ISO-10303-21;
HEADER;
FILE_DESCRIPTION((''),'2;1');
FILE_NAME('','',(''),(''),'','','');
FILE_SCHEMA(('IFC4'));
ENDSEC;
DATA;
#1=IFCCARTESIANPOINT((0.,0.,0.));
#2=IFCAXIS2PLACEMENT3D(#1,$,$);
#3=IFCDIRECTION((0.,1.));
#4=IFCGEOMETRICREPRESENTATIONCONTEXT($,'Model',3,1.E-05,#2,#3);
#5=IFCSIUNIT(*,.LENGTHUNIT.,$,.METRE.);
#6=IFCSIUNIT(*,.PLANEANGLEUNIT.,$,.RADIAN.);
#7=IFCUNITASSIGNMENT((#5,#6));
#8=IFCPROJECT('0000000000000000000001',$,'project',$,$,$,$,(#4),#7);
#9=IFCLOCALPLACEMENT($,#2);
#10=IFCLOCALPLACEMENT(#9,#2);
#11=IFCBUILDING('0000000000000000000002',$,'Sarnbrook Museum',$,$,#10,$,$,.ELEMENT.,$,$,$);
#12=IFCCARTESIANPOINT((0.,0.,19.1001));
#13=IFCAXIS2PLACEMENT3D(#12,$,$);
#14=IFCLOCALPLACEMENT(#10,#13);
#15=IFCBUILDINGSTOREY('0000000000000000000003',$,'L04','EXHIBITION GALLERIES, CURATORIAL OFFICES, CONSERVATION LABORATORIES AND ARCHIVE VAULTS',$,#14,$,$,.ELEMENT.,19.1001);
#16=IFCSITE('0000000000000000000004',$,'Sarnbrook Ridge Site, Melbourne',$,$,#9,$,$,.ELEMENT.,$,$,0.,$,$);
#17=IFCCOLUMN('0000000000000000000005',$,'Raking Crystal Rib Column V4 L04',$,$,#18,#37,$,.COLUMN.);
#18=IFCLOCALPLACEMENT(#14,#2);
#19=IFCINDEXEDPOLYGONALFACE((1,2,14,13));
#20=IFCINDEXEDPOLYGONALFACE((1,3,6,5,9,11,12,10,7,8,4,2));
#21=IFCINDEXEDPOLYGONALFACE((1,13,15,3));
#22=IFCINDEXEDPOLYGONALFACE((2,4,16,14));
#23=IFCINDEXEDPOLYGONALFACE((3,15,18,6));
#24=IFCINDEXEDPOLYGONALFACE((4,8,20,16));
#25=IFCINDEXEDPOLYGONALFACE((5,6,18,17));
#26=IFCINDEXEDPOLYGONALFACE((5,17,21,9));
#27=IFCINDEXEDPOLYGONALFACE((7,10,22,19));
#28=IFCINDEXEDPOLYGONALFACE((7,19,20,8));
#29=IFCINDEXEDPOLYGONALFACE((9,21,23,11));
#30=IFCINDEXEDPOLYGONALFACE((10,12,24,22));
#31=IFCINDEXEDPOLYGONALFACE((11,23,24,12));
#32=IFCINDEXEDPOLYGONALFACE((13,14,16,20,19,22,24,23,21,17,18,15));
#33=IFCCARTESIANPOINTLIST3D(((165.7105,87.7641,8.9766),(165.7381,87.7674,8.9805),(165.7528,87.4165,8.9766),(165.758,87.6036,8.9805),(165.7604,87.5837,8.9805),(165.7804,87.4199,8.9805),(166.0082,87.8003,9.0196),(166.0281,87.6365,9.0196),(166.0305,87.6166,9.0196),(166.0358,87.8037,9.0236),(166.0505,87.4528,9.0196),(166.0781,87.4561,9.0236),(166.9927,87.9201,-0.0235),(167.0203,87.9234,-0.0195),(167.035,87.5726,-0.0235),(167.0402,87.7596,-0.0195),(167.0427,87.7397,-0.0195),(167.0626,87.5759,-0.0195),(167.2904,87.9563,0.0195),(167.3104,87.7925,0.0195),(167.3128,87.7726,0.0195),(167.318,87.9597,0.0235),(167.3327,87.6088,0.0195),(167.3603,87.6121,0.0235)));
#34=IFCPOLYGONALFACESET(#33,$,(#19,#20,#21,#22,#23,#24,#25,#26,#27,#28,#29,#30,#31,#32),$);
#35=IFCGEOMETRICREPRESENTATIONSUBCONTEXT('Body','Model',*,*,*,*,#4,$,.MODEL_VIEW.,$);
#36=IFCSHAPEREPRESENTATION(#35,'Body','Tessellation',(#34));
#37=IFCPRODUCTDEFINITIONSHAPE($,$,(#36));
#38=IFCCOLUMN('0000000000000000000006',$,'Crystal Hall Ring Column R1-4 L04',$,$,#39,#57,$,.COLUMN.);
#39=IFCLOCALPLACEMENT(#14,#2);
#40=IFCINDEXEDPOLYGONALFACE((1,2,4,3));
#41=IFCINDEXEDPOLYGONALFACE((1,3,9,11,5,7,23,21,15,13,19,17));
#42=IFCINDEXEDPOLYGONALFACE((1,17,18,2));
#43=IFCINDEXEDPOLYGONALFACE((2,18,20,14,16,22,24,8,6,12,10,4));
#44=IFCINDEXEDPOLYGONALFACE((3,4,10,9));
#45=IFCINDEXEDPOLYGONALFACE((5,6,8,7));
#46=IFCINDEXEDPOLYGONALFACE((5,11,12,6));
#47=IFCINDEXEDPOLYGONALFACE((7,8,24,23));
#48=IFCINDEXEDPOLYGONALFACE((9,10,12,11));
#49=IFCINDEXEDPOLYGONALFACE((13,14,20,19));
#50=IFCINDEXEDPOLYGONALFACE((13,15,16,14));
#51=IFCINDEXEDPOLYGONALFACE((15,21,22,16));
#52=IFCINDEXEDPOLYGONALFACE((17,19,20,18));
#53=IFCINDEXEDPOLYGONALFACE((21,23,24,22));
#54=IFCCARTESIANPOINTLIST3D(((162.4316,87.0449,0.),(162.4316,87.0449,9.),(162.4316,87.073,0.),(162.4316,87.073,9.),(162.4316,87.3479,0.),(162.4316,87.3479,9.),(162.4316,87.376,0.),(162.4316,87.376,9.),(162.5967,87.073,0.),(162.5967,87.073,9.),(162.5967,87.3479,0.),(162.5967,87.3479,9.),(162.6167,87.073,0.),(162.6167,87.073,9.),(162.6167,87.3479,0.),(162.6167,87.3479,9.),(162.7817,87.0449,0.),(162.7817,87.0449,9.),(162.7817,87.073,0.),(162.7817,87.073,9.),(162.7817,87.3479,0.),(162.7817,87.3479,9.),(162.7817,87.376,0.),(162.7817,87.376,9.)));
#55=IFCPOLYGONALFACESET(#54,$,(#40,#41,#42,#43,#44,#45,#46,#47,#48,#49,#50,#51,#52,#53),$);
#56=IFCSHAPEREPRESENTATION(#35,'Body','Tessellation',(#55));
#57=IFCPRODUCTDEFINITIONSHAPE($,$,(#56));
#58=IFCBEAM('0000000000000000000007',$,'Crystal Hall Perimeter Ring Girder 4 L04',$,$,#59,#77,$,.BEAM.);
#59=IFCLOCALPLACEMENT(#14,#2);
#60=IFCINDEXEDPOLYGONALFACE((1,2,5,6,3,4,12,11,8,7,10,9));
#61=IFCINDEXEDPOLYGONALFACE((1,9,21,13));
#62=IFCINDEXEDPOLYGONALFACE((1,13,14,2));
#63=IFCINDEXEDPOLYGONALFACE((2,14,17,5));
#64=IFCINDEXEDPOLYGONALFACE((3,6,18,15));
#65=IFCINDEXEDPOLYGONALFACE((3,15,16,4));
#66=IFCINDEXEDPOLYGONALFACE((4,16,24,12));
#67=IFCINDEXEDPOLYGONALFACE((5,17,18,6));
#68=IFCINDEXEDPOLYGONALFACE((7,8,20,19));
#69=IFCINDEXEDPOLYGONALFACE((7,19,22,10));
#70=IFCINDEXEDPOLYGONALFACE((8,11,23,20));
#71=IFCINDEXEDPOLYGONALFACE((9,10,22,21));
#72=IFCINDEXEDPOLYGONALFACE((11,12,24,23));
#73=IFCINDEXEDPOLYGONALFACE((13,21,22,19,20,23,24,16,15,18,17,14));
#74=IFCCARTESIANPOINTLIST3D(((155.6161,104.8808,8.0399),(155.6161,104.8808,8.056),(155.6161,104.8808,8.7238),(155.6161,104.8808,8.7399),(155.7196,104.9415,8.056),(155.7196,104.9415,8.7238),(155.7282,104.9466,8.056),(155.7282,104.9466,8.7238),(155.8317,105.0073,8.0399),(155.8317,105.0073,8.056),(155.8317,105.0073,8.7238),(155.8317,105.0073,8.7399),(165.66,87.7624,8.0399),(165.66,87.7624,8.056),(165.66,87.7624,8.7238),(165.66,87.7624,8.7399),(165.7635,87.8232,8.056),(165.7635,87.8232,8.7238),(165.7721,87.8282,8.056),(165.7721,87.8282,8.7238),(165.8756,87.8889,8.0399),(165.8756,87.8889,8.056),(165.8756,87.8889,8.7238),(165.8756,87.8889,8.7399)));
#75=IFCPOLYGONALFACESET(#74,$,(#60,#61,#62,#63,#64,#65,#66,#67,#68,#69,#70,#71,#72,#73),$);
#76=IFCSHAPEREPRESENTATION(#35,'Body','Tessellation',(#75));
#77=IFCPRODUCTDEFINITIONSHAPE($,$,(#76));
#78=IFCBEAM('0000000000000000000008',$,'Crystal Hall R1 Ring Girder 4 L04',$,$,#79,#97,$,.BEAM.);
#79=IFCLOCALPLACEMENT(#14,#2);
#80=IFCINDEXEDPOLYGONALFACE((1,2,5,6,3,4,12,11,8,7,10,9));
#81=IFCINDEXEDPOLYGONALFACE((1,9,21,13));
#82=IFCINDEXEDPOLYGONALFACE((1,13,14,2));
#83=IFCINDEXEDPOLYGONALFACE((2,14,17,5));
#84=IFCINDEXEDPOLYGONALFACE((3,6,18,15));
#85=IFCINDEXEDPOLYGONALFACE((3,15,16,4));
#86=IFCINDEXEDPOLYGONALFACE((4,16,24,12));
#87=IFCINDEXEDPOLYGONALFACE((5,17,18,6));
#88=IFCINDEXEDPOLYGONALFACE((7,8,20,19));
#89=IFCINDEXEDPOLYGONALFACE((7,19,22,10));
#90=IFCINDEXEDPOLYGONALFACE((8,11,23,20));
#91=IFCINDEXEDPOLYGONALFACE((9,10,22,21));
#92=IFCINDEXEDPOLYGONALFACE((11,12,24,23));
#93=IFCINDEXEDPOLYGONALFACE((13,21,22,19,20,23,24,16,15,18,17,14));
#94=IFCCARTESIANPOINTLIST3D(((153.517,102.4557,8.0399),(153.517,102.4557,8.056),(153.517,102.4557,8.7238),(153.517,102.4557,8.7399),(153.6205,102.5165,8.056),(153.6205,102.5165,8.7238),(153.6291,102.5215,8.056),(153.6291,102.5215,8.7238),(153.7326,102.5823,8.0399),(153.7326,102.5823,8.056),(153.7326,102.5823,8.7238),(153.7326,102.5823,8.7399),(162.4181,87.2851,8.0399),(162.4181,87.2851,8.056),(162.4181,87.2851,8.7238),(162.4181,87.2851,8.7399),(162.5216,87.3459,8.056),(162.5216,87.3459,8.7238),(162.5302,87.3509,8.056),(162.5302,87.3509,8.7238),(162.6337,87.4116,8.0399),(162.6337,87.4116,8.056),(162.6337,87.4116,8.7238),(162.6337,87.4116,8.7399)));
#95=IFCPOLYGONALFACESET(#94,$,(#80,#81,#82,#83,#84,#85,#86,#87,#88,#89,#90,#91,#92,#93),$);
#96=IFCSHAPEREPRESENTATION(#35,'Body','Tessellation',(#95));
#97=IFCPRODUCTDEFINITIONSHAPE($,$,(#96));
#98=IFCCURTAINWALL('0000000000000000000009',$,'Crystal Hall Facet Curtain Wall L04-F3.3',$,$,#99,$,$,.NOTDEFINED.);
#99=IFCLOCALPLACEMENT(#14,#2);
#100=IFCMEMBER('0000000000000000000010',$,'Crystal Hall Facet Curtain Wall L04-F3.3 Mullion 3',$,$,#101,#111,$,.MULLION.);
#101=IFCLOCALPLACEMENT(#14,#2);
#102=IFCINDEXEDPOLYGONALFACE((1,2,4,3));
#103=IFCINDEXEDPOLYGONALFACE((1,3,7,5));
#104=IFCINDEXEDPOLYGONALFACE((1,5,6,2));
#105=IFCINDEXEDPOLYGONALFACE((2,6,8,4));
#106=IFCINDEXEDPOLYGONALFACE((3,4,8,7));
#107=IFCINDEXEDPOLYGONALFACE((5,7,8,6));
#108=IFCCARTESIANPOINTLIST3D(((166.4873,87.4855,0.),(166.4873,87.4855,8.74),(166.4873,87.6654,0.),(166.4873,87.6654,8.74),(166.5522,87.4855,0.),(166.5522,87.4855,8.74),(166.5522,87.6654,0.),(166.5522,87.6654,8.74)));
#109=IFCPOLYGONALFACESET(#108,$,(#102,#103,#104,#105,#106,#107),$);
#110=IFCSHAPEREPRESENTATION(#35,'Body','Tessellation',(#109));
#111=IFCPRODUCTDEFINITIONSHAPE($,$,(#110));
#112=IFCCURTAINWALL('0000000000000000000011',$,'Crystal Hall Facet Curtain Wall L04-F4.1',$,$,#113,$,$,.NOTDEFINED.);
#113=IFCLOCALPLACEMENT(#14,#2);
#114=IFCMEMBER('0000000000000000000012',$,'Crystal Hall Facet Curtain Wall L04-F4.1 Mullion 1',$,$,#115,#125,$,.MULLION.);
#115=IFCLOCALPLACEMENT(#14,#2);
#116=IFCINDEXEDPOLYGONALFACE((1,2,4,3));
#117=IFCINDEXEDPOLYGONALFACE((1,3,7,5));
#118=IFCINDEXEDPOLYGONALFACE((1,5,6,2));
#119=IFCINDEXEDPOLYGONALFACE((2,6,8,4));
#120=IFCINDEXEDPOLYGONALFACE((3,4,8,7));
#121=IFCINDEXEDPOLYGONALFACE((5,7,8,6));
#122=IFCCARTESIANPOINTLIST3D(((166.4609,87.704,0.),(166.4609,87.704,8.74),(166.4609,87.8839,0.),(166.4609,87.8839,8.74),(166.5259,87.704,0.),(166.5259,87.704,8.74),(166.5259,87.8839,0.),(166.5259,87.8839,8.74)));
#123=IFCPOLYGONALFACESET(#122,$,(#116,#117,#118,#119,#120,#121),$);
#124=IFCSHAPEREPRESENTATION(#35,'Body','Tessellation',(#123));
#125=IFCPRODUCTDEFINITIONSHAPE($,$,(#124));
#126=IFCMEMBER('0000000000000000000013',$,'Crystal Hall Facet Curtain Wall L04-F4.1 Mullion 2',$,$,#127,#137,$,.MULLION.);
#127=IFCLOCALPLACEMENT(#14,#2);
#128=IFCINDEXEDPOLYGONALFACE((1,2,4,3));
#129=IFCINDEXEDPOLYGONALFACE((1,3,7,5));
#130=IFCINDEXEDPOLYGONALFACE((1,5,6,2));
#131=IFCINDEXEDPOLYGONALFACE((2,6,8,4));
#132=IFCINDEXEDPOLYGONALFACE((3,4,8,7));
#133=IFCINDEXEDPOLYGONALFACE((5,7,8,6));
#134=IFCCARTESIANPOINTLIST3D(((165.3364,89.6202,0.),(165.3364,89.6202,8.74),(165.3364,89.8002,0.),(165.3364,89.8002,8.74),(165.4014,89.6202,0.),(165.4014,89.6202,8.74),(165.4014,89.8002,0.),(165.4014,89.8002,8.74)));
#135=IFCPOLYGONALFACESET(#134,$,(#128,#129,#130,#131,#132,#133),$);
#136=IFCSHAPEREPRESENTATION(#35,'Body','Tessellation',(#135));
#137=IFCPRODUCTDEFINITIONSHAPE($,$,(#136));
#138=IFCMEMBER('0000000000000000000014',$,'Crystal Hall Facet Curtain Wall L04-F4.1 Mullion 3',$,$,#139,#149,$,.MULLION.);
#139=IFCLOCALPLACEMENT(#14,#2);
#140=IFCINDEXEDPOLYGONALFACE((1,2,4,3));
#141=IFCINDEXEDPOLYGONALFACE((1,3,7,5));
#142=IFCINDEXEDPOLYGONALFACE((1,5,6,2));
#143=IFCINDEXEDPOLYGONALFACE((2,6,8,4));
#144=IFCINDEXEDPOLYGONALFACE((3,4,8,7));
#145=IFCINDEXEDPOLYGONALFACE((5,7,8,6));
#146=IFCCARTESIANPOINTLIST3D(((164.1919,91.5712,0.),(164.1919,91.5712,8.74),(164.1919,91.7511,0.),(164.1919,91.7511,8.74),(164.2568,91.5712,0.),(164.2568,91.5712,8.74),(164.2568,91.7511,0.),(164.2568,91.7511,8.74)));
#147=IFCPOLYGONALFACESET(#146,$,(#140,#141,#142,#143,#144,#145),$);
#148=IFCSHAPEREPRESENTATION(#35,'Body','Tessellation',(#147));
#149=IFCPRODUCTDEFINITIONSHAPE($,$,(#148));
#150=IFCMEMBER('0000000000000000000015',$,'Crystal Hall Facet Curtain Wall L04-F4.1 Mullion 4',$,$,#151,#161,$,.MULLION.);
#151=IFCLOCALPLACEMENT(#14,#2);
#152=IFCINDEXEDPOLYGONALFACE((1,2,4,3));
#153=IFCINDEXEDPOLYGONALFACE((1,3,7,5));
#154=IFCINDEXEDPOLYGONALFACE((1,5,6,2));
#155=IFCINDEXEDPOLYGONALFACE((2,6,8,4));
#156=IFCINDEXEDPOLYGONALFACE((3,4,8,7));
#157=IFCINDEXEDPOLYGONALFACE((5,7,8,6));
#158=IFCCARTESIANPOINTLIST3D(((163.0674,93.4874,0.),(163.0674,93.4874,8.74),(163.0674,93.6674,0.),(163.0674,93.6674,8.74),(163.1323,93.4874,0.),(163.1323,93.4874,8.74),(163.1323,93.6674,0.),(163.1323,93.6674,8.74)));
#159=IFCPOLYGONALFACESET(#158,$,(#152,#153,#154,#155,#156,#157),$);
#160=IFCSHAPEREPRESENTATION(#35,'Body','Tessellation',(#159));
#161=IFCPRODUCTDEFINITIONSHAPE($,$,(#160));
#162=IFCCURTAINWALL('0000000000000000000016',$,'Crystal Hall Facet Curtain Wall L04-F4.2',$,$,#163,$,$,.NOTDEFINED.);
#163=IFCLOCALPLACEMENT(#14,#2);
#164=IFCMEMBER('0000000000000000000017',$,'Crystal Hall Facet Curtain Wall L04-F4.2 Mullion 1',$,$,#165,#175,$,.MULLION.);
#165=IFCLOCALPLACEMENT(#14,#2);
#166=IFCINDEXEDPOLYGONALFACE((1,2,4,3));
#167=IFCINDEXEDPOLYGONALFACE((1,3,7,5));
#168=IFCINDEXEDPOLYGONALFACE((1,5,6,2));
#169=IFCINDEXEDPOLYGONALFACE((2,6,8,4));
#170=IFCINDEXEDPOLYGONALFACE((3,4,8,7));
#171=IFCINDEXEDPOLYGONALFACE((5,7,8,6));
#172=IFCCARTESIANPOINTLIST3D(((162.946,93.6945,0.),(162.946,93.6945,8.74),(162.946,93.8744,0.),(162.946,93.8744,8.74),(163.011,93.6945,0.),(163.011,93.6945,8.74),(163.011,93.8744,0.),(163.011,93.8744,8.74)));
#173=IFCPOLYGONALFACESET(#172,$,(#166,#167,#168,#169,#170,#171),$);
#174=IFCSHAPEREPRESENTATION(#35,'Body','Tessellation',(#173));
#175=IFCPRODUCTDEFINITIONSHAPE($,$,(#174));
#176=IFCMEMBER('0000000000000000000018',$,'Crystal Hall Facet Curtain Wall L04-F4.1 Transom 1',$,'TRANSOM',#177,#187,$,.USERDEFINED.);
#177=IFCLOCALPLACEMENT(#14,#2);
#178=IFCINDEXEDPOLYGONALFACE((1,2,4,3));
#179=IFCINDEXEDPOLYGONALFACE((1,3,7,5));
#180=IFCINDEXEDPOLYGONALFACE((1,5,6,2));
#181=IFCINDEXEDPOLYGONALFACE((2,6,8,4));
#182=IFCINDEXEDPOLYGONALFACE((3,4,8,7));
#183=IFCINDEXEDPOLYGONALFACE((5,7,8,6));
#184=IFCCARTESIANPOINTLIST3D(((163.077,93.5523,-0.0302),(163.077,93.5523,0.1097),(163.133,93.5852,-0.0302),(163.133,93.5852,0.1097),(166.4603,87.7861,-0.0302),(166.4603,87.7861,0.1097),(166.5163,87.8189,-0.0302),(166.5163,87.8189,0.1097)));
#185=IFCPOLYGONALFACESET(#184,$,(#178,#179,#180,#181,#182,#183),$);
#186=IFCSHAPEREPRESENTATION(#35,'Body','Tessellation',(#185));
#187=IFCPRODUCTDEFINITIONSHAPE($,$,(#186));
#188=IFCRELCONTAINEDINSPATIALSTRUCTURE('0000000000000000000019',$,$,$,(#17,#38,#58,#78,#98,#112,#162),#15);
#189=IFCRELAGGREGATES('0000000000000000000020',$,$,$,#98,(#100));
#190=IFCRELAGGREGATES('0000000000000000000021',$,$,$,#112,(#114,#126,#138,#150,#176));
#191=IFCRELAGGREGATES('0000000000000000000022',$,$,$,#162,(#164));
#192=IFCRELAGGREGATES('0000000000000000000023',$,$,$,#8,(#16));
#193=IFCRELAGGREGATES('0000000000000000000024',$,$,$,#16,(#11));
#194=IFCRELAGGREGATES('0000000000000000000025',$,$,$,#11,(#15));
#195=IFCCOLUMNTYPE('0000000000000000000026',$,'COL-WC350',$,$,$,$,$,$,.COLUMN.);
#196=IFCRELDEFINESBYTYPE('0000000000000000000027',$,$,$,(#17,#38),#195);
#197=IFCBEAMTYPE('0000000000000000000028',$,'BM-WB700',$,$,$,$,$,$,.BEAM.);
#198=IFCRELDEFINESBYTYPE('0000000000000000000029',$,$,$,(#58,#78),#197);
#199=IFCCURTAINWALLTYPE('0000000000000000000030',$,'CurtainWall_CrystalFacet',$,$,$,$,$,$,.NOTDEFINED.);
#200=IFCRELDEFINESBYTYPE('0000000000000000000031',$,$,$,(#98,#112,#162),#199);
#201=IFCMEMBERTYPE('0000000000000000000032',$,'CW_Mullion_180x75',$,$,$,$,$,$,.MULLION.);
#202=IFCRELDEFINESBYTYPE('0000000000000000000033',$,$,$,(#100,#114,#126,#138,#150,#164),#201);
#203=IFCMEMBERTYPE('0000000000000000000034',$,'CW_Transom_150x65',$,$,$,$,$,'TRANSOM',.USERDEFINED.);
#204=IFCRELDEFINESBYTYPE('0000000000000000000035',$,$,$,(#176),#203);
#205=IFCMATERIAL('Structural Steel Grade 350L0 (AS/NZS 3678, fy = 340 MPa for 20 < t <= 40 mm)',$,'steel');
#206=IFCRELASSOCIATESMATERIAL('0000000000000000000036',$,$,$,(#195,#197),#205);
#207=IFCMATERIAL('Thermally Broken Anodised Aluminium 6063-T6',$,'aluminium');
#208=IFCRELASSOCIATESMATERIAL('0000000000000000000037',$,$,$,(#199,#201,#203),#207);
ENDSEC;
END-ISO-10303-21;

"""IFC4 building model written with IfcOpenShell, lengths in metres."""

from ifc_helpers import new_model, si_unit, direction, frame, origin, origin_2d, place, context, subcontext, project, spatial, rectangle, i_section, extrude, material, material_profile, profile_set, type_object, element, aggregate, save


model = new_model("IFC4")

# Units and contexts
model_context = context("Model", 3, precision=1e-05, world=origin(), true_north=direction((0.0, 1.0)))
body_context = subcontext(model_context, "Body", "Model", "MODEL_VIEW")
ifc_project = project(units=[si_unit("LENGTHUNIT", "METRE"), si_unit("PLANEANGLEUNIT", "RADIAN")], contexts=[model_context])

# Site, building, storey
site_placement = place(None, origin())
site = spatial("IfcSite", under=ifc_project, at=site_placement, Name="Sarnbrook Ridge Site, Melbourne", CompositionType="ELEMENT", RefElevation=0.0)
building_placement = place(site_placement, origin())
building = spatial("IfcBuilding", under=site, at=building_placement, Name="Sarnbrook Museum", CompositionType="ELEMENT")
storey_placement = place(building_placement, frame((0.0, 0.0, 19.1001)))
storey = spatial("IfcBuildingStorey", under=building, at=storey_placement, Name="L04", Description="EXHIBITION GALLERIES, CURATORIAL OFFICES, CONSERVATION LABORATORIES AND ARCHIVE VAULTS", CompositionType="ELEMENT", Elevation=19.1001)

# Columns
ifc_material_1 = material(Name="Structural Steel Grade 350L0 (AS/NZS 3678, fy = 340 MPa for 20 < t <= 40 mm)", Category="steel")
ifc_material_profile_1 = material_profile(ifc_material_1, i_section(OverallWidth=0.3501, OverallDepth=0.3311, WebThickness=0.02, FlangeThickness=0.0281, at=origin_2d()), Name="350WC197")
ifc_profile_set_1 = profile_set([ifc_material_profile_1], Name="Structural Steel Grade 350L0 (AS/NZS 3678, fy = 340 MPa for 20 < t <= 40 mm)")
column_type = type_object("IfcColumnType", Name="COL-WC350", PredefinedType="COLUMN", material=ifc_profile_set_1)
column_1_placement = place(storey_placement, frame((167.1765, 87.7661, 0.0), z_axis=(-0.141025, -0.017158, 0.989857), x_axis=(0.120777, -0.99268, 0.0)))
element("IfcColumn", 1, at=column_1_placement, inside=storey, type_object=column_type, Name="Raking Crystal Rib Column V4 L04", PredefinedType="COLUMN", context=body_context, shape_type="SweptSolid", body=[
    extrude(i_section(OverallWidth=0.3501, OverallDepth=0.3311, WebThickness=0.02, FlangeThickness=0.0281, at=origin_2d()), origin(), (0.0, 0.0, 1.0), 9.0923),
])
column_2_placement = place(storey_placement, frame((162.6067, 87.2104, 0.0), z_axis=(0.0, 0.0, 1.0), x_axis=(1.0, 0.0, 0.0)))
element("IfcColumn", 2, at=column_2_placement, inside=storey, type_object=column_type, Name="Crystal Hall Ring Column R1-4 L04", PredefinedType="COLUMN", context=body_context, shape_type="SweptSolid", body=[
    extrude(i_section(OverallWidth=0.3501, OverallDepth=0.3311, WebThickness=0.02, FlangeThickness=0.0281, at=origin_2d()), origin(), (0.0, 0.0, 1.0), 9.0),
])

# Beams
ifc_material_profile_2 = material_profile(ifc_material_1, i_section(OverallWidth=0.25, OverallDepth=0.7, WebThickness=0.01, FlangeThickness=0.0161, at=origin_2d()), Name="700WB130")
ifc_profile_set_2 = profile_set([ifc_material_profile_2], Name="Structural Steel Grade 350L0 (AS/NZS 3678, fy = 340 MPa for 20 < t <= 40 mm)")
beam_type_1 = type_object("IfcBeamType", Name="BM-WB700", PredefinedType="BEAM", material=ifc_profile_set_2)
beam_1_placement = place(storey_placement, frame((165.7678, 87.8257, 8.3899), z_axis=(-0.506058, 0.8625, 0.0), x_axis=(-0.8625, -0.506058, 0.0)))
element("IfcBeam", 3, at=beam_1_placement, inside=storey, type_object=beam_type_1, Name="Crystal Hall Perimeter Ring Girder 4 L04", PredefinedType="BEAM", context=body_context, shape_type="SweptSolid", body=[
    extrude(i_section(OverallWidth=0.25, OverallDepth=0.7, WebThickness=0.01, FlangeThickness=0.0161, at=origin_2d()), origin(), (0.0, 0.0, 1.0), 19.8474),
])
beam_2_placement = place(storey_placement, frame((162.5259, 87.3484, 8.3899), z_axis=(-0.506057, 0.8625, 0.0), x_axis=(-0.8625, -0.506057, 0.0)))
element("IfcBeam", 4, at=beam_2_placement, inside=storey, type_object=beam_type_1, Name="Crystal Hall R1 Ring Girder 4 L04", PredefinedType="BEAM", context=body_context, shape_type="SweptSolid", body=[
    extrude(i_section(OverallWidth=0.25, OverallDepth=0.7, WebThickness=0.01, FlangeThickness=0.0161, at=origin_2d()), origin(), (0.0, 0.0, 1.0), 17.5891),
])

# Curtain wall, member
ifc_material_2 = material(Name="Thermally Broken Anodised Aluminium 6063-T6", Category="aluminium")
curtain_wall_type = type_object("IfcCurtainWallType", Name="CurtainWall_CrystalFacet", PredefinedType="NOTDEFINED", material=ifc_material_2)
curtain_wall_1_placement = place(storey_placement, origin())
curtain_wall_1 = element("IfcCurtainWall", 5, at=curtain_wall_1_placement, inside=storey, type_object=curtain_wall_type, Name="Crystal Hall Facet Curtain Wall L04-F3.3", PredefinedType="NOTDEFINED")
ifc_material_profile_3 = material_profile(ifc_material_2, rectangle(XDim=0.0649, YDim=0.1799, at=origin_2d()), Name="ALU MULLION 65x180")
ifc_profile_set_3 = profile_set([ifc_material_profile_3], Name="Thermally Broken Anodised Aluminium 6063-T6")
member_type_1 = type_object("IfcMemberType", Name="CW_Mullion_180x75", PredefinedType="MULLION", material=ifc_profile_set_3)
member_1_placement = place(storey_placement, frame((166.5198, 87.5754, 0.0), z_axis=(0.0, 0.0, 1.0), x_axis=(1.0, 0.0, 0.0)))
member_1 = element("IfcMember", 6, at=member_1_placement, type_object=member_type_1, Name="Crystal Hall Facet Curtain Wall L04-F3.3 Mullion 3", PredefinedType="MULLION", context=body_context, shape_type="SweptSolid", body=[
    extrude(rectangle(XDim=0.0649, YDim=0.1799, at=origin_2d()), origin(), (0.0, 0.0, 1.0), 8.74),
])
aggregate(curtain_wall_1, [member_1])

# Curtain wall, members
curtain_wall_2_placement = place(storey_placement, origin())
curtain_wall_2 = element("IfcCurtainWall", 7, at=curtain_wall_2_placement, inside=storey, type_object=curtain_wall_type, Name="Crystal Hall Facet Curtain Wall L04-F4.1", PredefinedType="NOTDEFINED")
member_2_placement = place(storey_placement, frame((166.4934, 87.7939, 0.0), z_axis=(0.0, 0.0, 1.0), x_axis=(1.0, 0.0, 0.0)))
member_2 = element("IfcMember", 8, at=member_2_placement, type_object=member_type_1, Name="Crystal Hall Facet Curtain Wall L04-F4.1 Mullion 1", PredefinedType="MULLION", context=body_context, shape_type="SweptSolid", body=[
    extrude(rectangle(XDim=0.0649, YDim=0.1799, at=origin_2d()), origin(), (0.0, 0.0, 1.0), 8.74),
])
member_3_placement = place(storey_placement, frame((165.3689, 89.7102, 0.0), z_axis=(0.0, 0.0, 1.0), x_axis=(1.0, 0.0, 0.0)))
member_3 = element("IfcMember", 9, at=member_3_placement, type_object=member_type_1, Name="Crystal Hall Facet Curtain Wall L04-F4.1 Mullion 2", PredefinedType="MULLION", context=body_context, shape_type="SweptSolid", body=[
    extrude(rectangle(XDim=0.0649, YDim=0.1799, at=origin_2d()), origin(), (0.0, 0.0, 1.0), 8.74),
])
member_4_placement = place(storey_placement, frame((164.2244, 91.6611, 0.0), z_axis=(0.0, 0.0, 1.0), x_axis=(1.0, 0.0, 0.0)))
member_4 = element("IfcMember", 10, at=member_4_placement, type_object=member_type_1, Name="Crystal Hall Facet Curtain Wall L04-F4.1 Mullion 3", PredefinedType="MULLION", context=body_context, shape_type="SweptSolid", body=[
    extrude(rectangle(XDim=0.0649, YDim=0.1799, at=origin_2d()), origin(), (0.0, 0.0, 1.0), 8.74),
])
member_5_placement = place(storey_placement, frame((163.0999, 93.5774, 0.0), z_axis=(0.0, 0.0, 1.0), x_axis=(1.0, 0.0, 0.0)))
member_5 = element("IfcMember", 11, at=member_5_placement, type_object=member_type_1, Name="Crystal Hall Facet Curtain Wall L04-F4.1 Mullion 4", PredefinedType="MULLION", context=body_context, shape_type="SweptSolid", body=[
    extrude(rectangle(XDim=0.0649, YDim=0.1799, at=origin_2d()), origin(), (0.0, 0.0, 1.0), 8.74),
])

# Curtain wall, member
curtain_wall_3_placement = place(storey_placement, origin())
curtain_wall_3 = element("IfcCurtainWall", 12, at=curtain_wall_3_placement, inside=storey, type_object=curtain_wall_type, Name="Crystal Hall Facet Curtain Wall L04-F4.2", PredefinedType="NOTDEFINED")
member_6_placement = place(storey_placement, frame((162.9785, 93.7844, 0.0), z_axis=(0.0, 0.0, 1.0), x_axis=(1.0, 0.0, 0.0)))
member_6 = element("IfcMember", 13, at=member_6_placement, type_object=member_type_1, Name="Crystal Hall Facet Curtain Wall L04-F4.2 Mullion 1", PredefinedType="MULLION", context=body_context, shape_type="SweptSolid", body=[
    extrude(rectangle(XDim=0.0649, YDim=0.1799, at=origin_2d()), origin(), (0.0, 0.0, 1.0), 8.74),
])

# Member
ifc_material_profile_4 = material_profile(ifc_material_2, rectangle(XDim=0.0649, YDim=0.1399, at=origin_2d()), Name="ALU TRANSOM 65x140")
ifc_profile_set_4 = profile_set([ifc_material_profile_4], Name="Thermally Broken Anodised Aluminium 6063-T6")
member_type_2 = type_object("IfcMemberType", Name="CW_Transom_150x65", ElementType="TRANSOM", PredefinedType="USERDEFINED", material=ifc_profile_set_4)
member_7_placement = place(storey_placement, frame((166.4883, 87.8025, 0.0398), z_axis=(-0.506056, 0.862501, 0.0), x_axis=(-0.862501, -0.506056, 0.0)))
member_7 = element("IfcMember", 14, at=member_7_placement, type_object=member_type_2, Name="Crystal Hall Facet Curtain Wall L04-F4.1 Transom 1", ObjectType="TRANSOM", PredefinedType="USERDEFINED", context=body_context, shape_type="SweptSolid", body=[
    extrude(rectangle(XDim=0.0649, YDim=0.1399, at=origin_2d()), origin(), (0.0, 0.0, 1.0), 6.6855),
])

aggregate(curtain_wall_2, [member_2, member_3, member_4, member_5, member_7])
aggregate(curtain_wall_3, [member_6])

save(model, "model.ifc")
